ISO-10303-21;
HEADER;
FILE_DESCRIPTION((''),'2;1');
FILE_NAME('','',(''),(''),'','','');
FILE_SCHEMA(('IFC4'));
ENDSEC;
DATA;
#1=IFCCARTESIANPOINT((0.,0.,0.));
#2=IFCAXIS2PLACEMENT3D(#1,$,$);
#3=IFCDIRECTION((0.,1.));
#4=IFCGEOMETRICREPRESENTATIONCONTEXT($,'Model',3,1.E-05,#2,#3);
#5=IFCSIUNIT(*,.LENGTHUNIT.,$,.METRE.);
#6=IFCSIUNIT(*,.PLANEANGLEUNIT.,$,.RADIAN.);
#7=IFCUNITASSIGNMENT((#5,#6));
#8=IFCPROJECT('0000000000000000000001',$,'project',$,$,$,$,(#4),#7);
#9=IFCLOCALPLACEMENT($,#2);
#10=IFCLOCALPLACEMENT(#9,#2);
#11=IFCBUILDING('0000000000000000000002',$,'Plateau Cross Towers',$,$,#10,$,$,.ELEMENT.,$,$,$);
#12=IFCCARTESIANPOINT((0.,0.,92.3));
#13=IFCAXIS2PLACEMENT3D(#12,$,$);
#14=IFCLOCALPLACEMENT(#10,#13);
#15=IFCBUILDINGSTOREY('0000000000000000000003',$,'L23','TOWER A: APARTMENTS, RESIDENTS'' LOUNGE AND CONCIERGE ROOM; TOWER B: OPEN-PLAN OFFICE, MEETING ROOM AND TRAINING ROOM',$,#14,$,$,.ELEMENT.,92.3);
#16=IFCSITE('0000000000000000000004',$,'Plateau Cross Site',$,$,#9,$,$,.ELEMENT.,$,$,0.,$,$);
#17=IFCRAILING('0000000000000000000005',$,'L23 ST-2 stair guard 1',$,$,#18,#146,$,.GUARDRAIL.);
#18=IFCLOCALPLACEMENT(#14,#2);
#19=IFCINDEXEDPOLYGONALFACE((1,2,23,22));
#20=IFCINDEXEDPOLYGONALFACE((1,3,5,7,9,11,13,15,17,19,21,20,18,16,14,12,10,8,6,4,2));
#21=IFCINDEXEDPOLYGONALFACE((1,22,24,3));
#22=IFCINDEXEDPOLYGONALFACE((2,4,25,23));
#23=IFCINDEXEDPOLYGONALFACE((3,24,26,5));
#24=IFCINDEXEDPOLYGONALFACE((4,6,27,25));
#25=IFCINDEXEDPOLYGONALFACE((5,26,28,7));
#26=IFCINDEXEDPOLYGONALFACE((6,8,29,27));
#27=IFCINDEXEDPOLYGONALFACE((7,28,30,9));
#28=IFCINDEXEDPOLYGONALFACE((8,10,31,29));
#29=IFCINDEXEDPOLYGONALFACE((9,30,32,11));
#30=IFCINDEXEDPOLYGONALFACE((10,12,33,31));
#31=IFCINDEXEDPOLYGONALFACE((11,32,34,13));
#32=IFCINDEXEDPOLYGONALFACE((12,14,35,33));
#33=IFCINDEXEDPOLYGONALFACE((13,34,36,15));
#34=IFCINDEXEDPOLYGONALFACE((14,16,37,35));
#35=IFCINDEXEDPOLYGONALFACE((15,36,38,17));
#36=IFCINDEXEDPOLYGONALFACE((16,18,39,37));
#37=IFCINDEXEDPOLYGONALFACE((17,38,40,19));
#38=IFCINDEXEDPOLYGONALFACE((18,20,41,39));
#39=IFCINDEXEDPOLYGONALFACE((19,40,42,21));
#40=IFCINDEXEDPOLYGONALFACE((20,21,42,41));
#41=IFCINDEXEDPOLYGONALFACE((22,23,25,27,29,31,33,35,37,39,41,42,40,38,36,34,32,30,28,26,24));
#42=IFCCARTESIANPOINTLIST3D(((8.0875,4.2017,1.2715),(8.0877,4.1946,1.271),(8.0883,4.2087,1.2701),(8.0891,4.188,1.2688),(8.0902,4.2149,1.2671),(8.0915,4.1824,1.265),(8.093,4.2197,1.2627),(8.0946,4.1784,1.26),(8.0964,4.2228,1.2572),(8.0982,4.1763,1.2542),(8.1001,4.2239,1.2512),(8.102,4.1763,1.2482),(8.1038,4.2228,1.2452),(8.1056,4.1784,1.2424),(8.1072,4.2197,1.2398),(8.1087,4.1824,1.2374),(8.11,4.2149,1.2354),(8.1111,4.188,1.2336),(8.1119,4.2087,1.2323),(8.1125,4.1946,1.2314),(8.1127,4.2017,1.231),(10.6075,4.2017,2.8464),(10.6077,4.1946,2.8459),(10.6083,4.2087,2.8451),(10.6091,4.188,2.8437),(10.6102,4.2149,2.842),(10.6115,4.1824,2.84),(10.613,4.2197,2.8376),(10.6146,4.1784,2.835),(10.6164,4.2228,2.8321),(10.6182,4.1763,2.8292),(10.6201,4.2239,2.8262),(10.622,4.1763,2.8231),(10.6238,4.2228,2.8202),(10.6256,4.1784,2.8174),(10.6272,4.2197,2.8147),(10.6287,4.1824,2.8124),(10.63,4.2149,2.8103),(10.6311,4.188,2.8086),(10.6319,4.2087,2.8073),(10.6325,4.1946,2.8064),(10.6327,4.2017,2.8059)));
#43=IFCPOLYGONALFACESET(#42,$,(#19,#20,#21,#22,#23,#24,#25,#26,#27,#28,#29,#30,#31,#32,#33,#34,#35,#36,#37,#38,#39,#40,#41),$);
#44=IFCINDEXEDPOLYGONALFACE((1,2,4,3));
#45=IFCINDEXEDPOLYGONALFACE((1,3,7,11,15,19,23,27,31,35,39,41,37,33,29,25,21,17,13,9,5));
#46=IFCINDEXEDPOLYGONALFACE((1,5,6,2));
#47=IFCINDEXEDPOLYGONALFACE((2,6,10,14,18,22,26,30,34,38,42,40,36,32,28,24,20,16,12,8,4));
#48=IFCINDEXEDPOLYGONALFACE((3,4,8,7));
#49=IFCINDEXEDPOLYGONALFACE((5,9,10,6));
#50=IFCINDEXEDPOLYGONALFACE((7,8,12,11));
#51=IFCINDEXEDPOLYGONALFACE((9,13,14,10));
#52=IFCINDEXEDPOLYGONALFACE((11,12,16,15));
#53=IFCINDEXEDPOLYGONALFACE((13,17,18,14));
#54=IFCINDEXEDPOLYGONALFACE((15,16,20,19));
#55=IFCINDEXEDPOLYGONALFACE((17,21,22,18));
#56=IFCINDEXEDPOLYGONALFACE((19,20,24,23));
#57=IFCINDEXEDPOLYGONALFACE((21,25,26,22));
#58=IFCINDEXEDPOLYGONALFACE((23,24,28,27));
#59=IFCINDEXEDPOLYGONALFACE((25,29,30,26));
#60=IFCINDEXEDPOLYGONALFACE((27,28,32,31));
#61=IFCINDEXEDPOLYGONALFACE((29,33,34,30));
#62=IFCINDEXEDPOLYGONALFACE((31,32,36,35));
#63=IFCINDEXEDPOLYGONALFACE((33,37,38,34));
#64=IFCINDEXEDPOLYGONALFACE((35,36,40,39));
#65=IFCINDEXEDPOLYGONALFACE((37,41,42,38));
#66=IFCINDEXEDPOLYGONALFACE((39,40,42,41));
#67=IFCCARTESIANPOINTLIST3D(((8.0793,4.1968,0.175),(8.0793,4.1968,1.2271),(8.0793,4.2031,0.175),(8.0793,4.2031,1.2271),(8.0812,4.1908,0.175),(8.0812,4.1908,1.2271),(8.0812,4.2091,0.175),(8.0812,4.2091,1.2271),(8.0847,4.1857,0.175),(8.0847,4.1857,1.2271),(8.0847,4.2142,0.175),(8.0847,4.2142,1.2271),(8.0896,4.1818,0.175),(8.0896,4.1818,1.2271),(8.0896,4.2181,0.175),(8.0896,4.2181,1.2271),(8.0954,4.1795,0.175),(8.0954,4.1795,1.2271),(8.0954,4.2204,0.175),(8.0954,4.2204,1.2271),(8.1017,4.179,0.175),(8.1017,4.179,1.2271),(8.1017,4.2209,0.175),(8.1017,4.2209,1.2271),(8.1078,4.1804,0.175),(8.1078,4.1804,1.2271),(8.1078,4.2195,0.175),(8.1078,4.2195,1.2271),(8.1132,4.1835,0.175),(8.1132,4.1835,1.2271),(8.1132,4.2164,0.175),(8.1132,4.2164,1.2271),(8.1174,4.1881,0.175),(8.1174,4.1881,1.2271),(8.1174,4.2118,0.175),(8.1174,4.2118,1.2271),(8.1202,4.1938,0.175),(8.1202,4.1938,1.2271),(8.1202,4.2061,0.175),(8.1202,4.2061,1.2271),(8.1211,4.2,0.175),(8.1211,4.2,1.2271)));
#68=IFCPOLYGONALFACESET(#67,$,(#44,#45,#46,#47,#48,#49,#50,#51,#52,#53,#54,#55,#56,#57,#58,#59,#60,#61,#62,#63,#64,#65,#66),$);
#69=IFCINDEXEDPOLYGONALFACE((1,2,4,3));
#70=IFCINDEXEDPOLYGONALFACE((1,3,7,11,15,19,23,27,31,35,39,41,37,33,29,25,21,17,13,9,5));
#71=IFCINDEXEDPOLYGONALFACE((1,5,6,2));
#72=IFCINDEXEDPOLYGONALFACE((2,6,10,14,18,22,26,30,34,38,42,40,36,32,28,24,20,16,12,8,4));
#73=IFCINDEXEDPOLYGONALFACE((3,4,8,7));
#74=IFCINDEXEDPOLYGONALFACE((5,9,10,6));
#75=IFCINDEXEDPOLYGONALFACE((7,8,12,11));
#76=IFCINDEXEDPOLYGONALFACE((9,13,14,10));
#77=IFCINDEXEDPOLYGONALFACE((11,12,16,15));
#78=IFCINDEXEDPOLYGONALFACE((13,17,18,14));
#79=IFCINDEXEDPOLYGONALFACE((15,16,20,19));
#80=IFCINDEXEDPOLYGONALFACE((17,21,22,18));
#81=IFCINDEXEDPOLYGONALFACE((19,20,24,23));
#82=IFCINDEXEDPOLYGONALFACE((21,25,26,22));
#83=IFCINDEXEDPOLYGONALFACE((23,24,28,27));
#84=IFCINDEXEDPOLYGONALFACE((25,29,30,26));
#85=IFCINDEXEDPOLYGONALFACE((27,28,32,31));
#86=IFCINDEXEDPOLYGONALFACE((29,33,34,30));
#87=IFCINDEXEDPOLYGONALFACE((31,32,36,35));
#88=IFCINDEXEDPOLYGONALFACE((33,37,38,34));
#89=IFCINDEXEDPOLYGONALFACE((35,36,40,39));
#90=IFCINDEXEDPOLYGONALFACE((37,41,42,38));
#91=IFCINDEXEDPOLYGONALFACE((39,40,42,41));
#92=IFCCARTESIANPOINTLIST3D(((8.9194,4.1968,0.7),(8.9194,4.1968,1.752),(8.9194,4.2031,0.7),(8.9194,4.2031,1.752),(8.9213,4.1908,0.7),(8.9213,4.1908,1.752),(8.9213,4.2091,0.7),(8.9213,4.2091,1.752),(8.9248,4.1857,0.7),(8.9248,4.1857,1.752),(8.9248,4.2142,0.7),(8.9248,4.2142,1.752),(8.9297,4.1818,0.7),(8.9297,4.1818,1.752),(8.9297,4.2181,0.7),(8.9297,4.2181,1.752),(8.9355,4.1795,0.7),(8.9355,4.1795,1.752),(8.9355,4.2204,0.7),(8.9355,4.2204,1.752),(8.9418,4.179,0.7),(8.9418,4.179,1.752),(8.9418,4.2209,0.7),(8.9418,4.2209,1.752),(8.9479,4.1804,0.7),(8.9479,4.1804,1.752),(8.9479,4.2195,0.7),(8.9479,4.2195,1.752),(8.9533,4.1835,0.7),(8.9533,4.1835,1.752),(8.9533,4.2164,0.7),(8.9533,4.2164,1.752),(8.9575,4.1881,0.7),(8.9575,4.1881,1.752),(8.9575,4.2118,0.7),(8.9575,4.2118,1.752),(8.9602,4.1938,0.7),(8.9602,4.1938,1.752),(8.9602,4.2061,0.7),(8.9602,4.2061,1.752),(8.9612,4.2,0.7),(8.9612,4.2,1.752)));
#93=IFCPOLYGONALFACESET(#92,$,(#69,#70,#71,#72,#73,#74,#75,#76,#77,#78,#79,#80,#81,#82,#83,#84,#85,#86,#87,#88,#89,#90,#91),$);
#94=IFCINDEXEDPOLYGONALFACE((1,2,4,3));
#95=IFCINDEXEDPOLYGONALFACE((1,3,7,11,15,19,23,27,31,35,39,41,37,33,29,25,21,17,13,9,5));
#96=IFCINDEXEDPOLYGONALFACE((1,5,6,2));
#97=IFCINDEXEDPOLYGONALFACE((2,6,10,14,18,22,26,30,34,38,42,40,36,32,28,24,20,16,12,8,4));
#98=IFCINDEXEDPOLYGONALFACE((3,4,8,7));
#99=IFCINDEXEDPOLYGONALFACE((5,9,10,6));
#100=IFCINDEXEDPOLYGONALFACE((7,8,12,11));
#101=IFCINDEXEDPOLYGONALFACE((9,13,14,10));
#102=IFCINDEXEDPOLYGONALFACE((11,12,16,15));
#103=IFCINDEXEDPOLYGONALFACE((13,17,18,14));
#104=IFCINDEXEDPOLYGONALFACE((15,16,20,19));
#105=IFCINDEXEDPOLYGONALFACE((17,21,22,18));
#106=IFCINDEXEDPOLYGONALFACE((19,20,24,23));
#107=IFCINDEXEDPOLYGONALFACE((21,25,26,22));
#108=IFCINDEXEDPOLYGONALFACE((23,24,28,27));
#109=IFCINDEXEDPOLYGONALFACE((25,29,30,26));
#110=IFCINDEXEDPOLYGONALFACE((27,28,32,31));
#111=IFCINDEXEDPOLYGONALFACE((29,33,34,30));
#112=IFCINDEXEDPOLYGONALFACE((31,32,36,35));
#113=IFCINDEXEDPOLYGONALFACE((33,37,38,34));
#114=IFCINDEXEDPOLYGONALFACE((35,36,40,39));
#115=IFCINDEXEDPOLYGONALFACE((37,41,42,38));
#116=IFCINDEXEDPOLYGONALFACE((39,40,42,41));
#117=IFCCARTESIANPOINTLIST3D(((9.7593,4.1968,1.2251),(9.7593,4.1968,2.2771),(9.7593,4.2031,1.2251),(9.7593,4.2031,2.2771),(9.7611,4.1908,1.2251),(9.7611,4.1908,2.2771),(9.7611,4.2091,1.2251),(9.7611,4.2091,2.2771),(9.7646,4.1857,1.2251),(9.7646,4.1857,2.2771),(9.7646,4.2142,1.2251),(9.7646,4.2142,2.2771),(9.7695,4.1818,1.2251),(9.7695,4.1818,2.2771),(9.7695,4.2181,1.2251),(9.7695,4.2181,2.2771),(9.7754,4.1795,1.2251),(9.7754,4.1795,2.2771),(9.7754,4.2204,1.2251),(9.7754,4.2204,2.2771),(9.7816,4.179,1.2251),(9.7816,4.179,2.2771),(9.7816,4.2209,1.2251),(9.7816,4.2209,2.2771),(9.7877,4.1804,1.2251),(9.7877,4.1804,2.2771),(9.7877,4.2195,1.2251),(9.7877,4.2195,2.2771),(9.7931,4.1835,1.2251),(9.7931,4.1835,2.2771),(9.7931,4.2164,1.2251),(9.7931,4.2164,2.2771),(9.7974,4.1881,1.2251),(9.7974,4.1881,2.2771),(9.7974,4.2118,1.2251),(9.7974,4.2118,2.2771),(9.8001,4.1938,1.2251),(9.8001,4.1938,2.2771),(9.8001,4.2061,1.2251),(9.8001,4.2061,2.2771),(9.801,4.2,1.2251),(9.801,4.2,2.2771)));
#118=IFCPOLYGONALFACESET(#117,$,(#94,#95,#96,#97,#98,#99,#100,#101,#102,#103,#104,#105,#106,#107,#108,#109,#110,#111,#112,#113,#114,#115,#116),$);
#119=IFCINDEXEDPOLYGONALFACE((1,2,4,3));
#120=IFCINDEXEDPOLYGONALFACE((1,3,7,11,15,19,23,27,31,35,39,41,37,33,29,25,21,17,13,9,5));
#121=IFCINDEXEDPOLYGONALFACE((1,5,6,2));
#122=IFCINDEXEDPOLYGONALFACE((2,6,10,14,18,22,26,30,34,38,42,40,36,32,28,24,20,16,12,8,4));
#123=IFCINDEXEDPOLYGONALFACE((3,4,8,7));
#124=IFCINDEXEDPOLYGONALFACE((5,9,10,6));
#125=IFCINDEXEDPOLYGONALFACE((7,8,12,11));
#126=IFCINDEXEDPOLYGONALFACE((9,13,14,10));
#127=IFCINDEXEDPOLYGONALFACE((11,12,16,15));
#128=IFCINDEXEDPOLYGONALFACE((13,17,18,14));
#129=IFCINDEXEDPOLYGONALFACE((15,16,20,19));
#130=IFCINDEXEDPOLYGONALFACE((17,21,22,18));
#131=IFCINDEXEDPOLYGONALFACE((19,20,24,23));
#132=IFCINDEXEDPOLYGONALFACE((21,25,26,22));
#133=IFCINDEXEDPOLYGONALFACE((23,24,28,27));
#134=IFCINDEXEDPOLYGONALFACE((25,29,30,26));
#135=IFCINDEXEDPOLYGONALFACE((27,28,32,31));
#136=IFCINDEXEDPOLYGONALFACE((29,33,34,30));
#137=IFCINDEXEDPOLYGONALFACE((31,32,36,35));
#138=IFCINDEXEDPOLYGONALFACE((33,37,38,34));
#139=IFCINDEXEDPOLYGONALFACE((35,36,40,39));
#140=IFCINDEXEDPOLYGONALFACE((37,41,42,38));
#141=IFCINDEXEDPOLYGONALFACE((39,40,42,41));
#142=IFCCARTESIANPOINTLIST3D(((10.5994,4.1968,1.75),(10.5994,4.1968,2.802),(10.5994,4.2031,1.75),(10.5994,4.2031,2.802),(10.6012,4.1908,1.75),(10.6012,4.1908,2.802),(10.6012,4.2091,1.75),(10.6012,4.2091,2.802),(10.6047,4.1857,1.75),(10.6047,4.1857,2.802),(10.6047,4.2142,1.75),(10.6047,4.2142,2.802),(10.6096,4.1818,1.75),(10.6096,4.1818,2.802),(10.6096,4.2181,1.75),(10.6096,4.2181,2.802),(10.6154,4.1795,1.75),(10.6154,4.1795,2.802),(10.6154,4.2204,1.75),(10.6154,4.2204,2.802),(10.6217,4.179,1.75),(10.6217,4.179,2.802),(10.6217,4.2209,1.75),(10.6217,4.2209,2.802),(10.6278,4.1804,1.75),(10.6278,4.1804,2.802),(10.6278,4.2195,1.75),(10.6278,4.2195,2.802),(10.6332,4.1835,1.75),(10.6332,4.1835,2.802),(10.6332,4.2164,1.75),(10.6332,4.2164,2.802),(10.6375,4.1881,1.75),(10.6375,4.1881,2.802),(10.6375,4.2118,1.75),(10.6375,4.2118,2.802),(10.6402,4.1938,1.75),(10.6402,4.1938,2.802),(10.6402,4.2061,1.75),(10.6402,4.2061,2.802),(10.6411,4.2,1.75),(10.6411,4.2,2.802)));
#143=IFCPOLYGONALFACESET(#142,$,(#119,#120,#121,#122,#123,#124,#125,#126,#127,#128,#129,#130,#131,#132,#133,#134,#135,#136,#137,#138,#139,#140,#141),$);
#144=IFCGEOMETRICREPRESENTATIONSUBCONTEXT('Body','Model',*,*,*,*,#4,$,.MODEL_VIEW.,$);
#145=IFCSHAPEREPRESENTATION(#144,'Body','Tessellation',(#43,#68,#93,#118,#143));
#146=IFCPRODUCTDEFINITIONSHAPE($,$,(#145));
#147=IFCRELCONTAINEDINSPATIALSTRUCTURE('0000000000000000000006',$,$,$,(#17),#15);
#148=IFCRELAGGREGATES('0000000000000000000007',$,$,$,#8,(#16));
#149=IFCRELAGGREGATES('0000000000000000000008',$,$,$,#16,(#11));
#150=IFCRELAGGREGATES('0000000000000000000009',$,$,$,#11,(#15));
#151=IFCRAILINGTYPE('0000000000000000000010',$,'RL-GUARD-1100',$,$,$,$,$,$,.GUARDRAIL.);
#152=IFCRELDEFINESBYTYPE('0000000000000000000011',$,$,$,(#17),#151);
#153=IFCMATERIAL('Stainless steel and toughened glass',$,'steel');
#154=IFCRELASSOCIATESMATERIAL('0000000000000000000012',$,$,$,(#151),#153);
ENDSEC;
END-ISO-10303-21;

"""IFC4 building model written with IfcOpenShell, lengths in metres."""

from ifc_helpers import new_model, si_unit, direction, frame, origin, origin_2d, place, context, subcontext, project, spatial, circle, extrude, material, type_object, element, save


model = new_model("IFC4")

# Units and contexts
model_context = context("Model", 3, precision=1e-05, world=origin(), true_north=direction((0.0, 1.0)))
body_context = subcontext(model_context, "Body", "Model", "MODEL_VIEW")
ifc_project = project(units=[si_unit("LENGTHUNIT", "METRE"), si_unit("PLANEANGLEUNIT", "RADIAN")], contexts=[model_context])

# Site, building, storey
site_placement = place(None, origin())
site = spatial("IfcSite", under=ifc_project, at=site_placement, Name="Plateau Cross Site", CompositionType="ELEMENT", RefElevation=0.0)
building_placement = place(site_placement, origin())
building = spatial("IfcBuilding", under=site, at=building_placement, Name="Plateau Cross Towers", CompositionType="ELEMENT")
storey_placement = place(building_placement, frame((0.0, 0.0, 92.3)))
storey = spatial("IfcBuildingStorey", under=building, at=storey_placement, Name="L23", Description="TOWER A: APARTMENTS, RESIDENTS' LOUNGE AND CONCIERGE ROOM; TOWER B: OPEN-PLAN OFFICE, MEETING ROOM AND TRAINING ROOM", CompositionType="ELEMENT", Elevation=92.3)

# Railing
ifc_material_1 = material(Name="Stainless steel and toughened glass", Category="steel")
railing_type_1 = type_object("IfcRailingType", Name="RL-GUARD-1100", PredefinedType="GUARDRAIL", material=ifc_material_1)
railing_1_placement = place(storey_placement, frame((8.1001, 4.2, 0.175)))
element("IfcRailing", 1, at=railing_1_placement, inside=storey, type_object=railing_type_1, Name="L23 ST-2 stair guard 1", PredefinedType="GUARDRAIL", context=body_context, shape_type="SweptSolid", body=[
    extrude(circle(Radius=0.0239, at=origin_2d()), frame((0.0, 0.0, 1.0762), z_axis=(0.848008, 0.0, 0.529984), x_axis=(0.0, 1.0, 0.0)), (0.0, 0.0, 1.0), 2.9717),
    extrude(circle(Radius=0.021, at=origin_2d()), origin(), (0.0, 0.0, 1.0), 1.052),
    extrude(circle(Radius=0.021, at=origin_2d()), frame((0.8401, 0.0, 0.5249)), (0.0, 0.0, 1.0), 1.052),
    extrude(circle(Radius=0.021, at=origin_2d()), frame((1.6799, 0.0, 1.05)), (0.0, 0.0, 1.0), 1.052),
    extrude(circle(Radius=0.021, at=origin_2d()), frame((2.52, 0.0, 1.575)), (0.0, 0.0, 1.0), 1.052),
])

save(model, "model.ifc")
